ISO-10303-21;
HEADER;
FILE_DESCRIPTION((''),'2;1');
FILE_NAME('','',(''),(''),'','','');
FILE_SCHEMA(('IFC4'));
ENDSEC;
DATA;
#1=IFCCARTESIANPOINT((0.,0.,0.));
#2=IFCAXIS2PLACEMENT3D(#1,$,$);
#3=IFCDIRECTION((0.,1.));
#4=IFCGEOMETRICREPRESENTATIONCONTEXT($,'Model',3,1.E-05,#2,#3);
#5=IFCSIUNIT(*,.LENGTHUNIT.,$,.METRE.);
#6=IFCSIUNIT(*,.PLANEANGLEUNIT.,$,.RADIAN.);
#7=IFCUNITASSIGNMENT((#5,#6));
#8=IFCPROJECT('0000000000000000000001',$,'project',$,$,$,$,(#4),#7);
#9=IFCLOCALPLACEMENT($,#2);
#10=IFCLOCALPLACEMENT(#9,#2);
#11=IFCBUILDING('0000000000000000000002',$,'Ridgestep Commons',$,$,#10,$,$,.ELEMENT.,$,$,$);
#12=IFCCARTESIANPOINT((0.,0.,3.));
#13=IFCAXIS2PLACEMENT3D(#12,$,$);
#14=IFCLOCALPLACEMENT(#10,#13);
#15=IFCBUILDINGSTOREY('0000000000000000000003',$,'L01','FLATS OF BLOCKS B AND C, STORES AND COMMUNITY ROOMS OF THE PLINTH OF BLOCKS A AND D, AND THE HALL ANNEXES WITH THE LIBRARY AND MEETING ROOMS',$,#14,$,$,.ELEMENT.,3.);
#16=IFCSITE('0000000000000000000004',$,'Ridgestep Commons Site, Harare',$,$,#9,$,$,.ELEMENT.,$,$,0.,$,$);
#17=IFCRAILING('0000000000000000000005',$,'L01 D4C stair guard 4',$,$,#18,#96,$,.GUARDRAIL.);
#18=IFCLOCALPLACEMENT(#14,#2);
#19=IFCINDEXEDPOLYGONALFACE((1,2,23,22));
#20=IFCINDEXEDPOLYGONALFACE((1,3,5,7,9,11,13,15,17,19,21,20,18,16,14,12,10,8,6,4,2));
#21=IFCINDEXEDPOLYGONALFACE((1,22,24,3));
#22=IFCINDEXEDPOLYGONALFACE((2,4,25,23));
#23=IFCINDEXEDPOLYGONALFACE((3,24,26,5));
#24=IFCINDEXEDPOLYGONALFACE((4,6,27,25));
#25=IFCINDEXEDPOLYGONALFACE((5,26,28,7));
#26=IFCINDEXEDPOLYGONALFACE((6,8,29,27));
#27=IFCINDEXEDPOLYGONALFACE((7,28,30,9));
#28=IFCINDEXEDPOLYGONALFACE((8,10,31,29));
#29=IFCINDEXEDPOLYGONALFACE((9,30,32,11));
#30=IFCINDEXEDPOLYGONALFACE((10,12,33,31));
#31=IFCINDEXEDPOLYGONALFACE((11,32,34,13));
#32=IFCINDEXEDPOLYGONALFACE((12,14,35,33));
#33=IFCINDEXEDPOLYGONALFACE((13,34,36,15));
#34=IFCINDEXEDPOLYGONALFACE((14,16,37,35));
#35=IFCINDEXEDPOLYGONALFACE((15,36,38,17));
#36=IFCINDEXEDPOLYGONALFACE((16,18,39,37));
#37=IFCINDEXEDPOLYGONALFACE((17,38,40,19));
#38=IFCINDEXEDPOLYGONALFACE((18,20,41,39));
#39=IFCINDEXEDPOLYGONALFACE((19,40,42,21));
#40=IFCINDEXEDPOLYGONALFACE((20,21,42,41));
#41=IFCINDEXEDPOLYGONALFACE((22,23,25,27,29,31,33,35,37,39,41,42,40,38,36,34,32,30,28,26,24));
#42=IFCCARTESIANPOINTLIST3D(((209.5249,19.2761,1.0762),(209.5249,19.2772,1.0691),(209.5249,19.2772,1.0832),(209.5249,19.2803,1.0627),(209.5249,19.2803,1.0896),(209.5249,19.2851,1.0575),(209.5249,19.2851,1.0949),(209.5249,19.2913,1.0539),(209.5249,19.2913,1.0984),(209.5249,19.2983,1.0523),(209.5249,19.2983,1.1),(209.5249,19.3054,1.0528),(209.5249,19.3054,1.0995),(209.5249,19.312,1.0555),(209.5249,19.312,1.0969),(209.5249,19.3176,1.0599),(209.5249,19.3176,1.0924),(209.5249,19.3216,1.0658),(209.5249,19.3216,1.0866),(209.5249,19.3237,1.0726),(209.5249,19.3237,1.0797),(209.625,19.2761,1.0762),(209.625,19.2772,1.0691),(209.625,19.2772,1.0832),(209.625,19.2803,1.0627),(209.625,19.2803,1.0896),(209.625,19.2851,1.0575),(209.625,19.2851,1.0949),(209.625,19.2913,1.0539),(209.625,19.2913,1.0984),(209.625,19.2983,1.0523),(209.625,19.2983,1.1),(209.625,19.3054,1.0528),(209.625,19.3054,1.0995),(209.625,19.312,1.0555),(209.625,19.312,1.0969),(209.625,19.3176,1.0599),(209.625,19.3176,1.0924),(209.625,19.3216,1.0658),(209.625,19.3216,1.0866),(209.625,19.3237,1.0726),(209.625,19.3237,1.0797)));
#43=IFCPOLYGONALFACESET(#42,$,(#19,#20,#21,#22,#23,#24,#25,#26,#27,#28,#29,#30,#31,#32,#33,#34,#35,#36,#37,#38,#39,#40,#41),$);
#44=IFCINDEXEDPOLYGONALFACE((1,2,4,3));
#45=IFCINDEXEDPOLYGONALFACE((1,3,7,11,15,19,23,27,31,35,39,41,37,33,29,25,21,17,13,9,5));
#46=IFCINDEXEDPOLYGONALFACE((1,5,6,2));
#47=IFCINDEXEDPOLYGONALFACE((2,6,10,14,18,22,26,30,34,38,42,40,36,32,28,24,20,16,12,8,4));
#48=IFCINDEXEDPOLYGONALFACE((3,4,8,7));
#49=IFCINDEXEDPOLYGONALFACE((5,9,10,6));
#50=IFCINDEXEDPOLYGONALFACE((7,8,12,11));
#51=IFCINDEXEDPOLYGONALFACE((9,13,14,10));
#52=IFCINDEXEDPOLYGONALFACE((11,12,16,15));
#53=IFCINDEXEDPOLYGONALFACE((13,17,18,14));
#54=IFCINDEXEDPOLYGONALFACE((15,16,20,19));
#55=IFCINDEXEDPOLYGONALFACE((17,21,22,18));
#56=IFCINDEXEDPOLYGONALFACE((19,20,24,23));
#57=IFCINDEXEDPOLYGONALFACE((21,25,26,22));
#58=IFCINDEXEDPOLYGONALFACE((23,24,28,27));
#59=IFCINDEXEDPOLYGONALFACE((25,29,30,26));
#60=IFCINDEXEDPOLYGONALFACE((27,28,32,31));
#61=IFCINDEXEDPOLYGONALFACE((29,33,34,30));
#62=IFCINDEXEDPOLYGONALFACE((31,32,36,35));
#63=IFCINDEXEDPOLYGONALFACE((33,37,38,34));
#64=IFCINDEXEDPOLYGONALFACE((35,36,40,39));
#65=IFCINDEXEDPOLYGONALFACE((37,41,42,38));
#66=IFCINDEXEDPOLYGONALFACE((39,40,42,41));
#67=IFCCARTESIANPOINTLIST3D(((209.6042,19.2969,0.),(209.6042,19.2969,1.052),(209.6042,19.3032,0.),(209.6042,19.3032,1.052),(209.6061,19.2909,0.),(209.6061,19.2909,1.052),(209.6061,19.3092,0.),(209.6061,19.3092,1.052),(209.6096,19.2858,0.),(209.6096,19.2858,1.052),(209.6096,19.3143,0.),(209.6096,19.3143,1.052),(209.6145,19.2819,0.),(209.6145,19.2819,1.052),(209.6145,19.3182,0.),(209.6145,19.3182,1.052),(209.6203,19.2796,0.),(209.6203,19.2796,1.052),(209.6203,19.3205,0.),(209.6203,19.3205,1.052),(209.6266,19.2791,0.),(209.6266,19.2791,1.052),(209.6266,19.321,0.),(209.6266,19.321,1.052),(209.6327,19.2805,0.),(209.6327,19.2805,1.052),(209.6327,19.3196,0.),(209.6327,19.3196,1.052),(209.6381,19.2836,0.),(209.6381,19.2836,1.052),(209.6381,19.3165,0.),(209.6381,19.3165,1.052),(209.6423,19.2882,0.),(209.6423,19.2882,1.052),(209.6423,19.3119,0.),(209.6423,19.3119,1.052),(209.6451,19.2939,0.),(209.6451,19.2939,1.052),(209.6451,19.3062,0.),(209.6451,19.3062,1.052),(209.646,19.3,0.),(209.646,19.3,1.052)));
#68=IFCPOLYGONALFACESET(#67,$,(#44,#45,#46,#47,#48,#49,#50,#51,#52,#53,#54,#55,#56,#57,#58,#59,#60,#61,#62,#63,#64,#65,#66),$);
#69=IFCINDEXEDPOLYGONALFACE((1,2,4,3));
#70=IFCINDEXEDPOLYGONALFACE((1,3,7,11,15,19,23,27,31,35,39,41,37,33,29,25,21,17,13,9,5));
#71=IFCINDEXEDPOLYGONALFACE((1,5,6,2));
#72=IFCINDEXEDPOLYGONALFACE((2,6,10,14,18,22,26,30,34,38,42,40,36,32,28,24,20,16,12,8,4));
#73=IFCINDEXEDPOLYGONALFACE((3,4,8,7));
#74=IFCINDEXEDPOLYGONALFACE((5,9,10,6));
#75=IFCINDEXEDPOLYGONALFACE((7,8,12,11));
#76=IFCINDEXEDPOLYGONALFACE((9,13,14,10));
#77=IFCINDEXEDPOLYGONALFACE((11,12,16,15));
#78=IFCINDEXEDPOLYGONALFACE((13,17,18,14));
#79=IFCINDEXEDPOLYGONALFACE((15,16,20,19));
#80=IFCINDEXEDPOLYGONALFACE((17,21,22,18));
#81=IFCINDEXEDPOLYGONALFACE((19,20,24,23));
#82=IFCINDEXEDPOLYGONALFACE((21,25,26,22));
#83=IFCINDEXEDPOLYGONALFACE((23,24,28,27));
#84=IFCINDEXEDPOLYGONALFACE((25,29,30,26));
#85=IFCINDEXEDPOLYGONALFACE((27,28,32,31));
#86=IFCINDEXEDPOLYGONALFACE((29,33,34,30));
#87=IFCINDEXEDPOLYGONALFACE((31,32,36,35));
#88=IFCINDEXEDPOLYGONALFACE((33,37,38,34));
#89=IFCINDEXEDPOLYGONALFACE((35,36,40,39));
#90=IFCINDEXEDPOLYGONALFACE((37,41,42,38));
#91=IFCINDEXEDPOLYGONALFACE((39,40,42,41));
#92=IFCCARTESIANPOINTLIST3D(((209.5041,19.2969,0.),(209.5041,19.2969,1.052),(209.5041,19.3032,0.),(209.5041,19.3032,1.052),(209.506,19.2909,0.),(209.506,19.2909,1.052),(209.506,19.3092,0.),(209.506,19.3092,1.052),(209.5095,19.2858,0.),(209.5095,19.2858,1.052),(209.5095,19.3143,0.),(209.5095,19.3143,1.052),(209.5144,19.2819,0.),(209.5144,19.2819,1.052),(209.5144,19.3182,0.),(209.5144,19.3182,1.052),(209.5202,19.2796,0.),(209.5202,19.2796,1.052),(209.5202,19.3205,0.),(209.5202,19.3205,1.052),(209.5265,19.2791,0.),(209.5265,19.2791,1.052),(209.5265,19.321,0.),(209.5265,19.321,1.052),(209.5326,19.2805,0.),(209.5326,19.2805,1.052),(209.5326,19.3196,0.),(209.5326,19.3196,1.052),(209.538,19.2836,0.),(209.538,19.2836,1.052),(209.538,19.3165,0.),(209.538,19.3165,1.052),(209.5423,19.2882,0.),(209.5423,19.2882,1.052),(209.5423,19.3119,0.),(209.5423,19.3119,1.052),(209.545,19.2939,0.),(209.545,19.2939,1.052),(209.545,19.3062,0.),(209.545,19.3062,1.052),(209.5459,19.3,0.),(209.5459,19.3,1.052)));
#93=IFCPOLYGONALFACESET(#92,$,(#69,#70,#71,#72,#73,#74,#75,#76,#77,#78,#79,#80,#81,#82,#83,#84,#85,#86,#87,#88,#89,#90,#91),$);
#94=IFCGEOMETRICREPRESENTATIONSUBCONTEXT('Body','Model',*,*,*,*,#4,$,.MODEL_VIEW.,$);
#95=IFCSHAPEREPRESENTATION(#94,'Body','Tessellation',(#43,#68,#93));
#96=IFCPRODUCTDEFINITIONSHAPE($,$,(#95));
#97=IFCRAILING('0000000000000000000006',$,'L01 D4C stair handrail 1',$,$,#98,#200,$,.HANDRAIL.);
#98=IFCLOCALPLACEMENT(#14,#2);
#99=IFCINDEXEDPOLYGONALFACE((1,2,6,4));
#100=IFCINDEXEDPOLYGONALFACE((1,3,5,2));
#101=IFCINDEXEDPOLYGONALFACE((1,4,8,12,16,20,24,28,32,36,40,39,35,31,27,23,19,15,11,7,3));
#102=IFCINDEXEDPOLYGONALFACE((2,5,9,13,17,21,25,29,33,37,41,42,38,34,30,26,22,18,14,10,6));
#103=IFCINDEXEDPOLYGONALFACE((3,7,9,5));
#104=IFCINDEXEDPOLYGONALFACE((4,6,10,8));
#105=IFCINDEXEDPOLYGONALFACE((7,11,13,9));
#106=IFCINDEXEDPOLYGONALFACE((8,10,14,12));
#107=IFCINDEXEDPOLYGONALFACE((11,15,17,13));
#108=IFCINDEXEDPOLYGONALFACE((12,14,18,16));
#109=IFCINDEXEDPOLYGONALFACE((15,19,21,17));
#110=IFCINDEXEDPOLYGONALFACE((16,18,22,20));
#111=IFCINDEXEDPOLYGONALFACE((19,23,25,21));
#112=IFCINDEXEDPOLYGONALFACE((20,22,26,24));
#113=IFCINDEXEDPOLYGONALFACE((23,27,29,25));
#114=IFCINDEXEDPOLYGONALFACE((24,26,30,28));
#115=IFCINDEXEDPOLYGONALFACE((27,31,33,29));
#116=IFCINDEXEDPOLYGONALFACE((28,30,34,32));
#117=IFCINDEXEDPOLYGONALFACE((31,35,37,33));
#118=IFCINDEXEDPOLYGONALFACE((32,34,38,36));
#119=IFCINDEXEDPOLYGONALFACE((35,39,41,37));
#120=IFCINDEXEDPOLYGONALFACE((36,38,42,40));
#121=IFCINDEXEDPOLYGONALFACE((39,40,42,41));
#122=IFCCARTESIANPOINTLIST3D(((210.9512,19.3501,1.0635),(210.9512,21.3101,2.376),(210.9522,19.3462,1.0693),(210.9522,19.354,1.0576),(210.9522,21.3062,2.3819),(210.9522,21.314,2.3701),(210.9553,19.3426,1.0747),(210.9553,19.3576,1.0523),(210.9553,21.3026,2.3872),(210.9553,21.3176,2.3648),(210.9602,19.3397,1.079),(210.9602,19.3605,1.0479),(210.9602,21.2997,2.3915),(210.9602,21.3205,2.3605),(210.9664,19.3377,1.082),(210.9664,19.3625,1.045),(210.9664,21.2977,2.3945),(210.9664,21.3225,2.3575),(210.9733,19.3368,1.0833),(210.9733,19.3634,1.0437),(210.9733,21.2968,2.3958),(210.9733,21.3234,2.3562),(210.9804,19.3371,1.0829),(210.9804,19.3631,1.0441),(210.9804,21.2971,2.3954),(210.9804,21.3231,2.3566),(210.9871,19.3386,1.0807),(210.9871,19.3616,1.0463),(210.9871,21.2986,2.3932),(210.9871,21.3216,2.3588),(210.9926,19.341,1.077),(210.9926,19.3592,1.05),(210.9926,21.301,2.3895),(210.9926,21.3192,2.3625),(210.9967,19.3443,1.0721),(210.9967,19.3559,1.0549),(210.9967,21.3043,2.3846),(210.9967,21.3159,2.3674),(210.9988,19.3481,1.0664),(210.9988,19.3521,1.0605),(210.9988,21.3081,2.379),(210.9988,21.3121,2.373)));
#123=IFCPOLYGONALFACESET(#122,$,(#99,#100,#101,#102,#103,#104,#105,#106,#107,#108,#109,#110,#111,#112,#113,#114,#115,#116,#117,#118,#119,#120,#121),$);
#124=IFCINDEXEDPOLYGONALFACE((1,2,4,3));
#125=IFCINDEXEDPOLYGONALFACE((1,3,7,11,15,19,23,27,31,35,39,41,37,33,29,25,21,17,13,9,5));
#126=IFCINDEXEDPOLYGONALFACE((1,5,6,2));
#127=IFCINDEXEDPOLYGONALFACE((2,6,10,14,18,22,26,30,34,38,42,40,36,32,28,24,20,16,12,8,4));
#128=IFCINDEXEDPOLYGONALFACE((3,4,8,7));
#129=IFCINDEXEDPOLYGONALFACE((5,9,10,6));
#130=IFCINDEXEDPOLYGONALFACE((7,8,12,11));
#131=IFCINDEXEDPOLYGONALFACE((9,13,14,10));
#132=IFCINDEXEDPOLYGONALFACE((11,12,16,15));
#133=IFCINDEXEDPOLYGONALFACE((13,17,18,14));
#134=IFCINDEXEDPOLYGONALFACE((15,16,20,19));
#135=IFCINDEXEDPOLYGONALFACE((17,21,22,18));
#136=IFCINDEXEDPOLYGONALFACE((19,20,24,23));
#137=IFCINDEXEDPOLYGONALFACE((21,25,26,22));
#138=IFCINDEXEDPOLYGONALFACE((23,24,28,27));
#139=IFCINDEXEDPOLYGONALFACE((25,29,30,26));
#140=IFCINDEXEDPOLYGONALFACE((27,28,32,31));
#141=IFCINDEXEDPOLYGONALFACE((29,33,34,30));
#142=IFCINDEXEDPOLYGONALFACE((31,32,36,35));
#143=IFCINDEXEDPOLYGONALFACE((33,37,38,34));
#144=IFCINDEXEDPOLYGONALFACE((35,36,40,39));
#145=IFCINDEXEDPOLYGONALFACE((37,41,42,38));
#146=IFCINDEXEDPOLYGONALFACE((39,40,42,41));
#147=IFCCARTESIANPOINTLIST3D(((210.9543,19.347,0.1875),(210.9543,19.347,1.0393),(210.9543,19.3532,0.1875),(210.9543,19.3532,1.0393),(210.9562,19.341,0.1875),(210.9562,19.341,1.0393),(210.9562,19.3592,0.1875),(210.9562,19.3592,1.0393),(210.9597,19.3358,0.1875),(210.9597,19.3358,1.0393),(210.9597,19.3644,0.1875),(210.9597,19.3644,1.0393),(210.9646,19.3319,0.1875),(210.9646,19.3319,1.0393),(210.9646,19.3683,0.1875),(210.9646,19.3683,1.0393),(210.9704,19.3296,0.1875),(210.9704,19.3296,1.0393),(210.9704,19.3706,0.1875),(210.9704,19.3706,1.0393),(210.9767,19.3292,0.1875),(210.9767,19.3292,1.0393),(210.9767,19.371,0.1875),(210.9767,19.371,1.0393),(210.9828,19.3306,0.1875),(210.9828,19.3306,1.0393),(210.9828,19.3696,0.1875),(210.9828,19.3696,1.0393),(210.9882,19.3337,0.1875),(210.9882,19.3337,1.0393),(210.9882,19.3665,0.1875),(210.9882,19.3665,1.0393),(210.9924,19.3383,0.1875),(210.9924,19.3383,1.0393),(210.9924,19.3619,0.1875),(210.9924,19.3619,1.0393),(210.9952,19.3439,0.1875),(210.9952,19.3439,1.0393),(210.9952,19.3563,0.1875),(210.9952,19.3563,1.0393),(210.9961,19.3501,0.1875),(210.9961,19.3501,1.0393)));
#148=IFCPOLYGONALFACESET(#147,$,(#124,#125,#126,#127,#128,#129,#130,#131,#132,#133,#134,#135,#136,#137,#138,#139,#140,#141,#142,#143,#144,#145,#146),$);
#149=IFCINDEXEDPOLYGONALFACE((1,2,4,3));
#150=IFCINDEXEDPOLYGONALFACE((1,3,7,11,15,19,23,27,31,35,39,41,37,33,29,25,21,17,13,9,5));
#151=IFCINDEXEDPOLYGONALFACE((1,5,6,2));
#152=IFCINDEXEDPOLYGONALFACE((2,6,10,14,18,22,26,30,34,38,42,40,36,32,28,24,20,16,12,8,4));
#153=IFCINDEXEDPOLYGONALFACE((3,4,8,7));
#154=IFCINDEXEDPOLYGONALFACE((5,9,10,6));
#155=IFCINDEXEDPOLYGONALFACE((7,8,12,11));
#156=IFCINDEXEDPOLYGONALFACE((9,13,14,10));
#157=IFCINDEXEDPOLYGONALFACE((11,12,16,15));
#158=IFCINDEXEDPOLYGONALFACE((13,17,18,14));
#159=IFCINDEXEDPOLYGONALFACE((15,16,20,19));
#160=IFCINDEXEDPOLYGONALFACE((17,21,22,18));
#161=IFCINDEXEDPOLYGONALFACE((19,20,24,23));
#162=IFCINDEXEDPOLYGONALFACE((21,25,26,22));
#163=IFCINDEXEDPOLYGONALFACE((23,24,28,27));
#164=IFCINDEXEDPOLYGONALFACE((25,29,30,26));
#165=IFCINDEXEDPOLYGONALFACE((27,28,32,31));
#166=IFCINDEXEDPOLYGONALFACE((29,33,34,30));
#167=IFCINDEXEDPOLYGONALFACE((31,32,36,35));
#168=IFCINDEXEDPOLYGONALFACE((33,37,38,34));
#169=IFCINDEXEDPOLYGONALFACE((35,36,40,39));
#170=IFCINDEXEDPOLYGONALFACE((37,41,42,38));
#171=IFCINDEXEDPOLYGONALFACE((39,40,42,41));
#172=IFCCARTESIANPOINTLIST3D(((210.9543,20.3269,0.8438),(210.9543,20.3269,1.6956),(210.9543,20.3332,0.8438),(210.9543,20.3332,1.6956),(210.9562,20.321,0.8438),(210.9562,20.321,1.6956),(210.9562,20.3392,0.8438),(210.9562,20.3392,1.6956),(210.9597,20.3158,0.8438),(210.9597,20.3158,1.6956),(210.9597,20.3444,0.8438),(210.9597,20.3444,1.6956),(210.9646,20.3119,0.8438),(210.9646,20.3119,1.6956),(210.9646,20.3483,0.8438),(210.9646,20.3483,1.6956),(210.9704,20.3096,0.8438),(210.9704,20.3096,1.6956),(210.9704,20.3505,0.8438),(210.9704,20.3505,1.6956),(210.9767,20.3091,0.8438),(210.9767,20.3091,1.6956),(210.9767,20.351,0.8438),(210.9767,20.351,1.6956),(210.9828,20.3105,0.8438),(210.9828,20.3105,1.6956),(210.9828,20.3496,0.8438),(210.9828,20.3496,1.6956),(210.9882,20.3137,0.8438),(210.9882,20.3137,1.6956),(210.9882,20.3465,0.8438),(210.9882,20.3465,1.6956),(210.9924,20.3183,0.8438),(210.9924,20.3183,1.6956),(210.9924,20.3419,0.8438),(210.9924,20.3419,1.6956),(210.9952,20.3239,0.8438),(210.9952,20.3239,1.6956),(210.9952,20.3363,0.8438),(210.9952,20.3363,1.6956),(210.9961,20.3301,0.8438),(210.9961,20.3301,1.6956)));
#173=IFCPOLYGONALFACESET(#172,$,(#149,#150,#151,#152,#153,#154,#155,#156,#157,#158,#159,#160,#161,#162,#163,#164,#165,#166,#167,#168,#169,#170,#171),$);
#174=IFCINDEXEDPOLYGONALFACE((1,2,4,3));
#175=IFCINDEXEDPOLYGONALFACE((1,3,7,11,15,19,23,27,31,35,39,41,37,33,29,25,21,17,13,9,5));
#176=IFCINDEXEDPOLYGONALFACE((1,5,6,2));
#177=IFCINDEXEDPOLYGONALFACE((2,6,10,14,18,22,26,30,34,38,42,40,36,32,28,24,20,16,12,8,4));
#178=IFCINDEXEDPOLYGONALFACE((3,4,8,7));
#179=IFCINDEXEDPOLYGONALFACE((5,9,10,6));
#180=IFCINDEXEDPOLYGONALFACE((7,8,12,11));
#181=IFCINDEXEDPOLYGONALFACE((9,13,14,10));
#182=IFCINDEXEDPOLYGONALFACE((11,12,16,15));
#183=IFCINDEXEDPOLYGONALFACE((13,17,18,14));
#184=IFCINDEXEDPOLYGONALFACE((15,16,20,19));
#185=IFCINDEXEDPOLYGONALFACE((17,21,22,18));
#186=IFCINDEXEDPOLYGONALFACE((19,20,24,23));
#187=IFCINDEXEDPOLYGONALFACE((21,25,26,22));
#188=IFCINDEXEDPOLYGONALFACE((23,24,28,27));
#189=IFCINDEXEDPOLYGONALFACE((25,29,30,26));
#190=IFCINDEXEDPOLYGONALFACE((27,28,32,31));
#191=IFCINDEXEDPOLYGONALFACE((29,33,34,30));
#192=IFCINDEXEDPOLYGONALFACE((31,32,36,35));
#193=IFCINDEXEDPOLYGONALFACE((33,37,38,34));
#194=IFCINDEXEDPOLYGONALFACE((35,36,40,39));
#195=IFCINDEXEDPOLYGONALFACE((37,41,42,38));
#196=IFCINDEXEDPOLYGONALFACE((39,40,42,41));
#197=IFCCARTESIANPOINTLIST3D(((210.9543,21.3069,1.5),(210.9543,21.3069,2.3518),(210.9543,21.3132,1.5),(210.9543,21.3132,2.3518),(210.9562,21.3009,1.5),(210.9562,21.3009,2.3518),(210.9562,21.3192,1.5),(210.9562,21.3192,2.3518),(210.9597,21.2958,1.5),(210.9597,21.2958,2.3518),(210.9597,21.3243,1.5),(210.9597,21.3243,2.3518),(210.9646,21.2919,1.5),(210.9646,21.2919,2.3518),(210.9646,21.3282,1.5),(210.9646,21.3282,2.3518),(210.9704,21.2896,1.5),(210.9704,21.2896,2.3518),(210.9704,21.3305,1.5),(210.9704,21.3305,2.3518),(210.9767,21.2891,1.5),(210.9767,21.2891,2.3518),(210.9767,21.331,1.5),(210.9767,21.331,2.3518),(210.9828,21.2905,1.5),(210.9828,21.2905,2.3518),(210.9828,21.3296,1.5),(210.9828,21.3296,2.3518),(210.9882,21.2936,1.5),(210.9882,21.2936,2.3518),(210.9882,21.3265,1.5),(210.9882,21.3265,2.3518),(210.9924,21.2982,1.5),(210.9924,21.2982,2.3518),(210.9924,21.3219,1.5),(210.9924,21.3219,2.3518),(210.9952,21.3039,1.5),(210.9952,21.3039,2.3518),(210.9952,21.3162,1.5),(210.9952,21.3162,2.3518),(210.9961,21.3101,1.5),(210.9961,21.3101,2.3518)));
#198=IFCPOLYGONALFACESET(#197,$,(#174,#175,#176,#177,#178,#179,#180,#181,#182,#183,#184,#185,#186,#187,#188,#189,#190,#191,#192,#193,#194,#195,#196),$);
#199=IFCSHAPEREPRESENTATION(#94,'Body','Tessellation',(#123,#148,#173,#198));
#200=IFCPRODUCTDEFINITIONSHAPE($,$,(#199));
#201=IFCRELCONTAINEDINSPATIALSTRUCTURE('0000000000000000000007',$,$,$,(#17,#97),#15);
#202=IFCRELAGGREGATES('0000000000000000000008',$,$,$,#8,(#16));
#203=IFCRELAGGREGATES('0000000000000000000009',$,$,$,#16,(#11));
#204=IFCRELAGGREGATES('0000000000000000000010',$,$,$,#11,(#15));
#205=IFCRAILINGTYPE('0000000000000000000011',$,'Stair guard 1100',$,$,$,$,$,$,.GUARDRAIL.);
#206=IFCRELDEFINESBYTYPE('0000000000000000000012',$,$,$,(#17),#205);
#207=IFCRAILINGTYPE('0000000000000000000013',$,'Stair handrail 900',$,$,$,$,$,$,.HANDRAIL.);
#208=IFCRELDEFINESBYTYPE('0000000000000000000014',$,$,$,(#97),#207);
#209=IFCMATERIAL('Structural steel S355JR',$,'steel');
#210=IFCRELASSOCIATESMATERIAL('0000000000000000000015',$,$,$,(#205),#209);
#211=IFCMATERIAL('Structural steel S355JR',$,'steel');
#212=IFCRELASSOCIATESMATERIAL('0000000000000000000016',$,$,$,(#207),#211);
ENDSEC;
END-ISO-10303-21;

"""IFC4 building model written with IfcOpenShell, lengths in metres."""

from ifc_helpers import new_model, si_unit, direction, frame, origin, origin_2d, place, context, subcontext, project, spatial, circle, extrude, material, type_object, element, save


model = new_model("IFC4")

# Units and contexts
model_context = context("Model", 3, precision=1e-05, world=origin(), true_north=direction((0.0, 1.0)))
body_context = subcontext(model_context, "Body", "Model", "MODEL_VIEW")
ifc_project = project(units=[si_unit("LENGTHUNIT", "METRE"), si_unit("PLANEANGLEUNIT", "RADIAN")], contexts=[model_context])

# Site, building, storey
site_placement = place(None, origin())
site = spatial("IfcSite", under=ifc_project, at=site_placement, Name="Ridgestep Commons Site, Harare", CompositionType="ELEMENT", RefElevation=0.0)
building_placement = place(site_placement, origin())
building = spatial("IfcBuilding", under=site, at=building_placement, Name="Ridgestep Commons", CompositionType="ELEMENT")
storey_placement = place(building_placement, frame((0.0, 0.0, 3.0)))
storey = spatial("IfcBuildingStorey", under=building, at=storey_placement, Name="L01", Description="FLATS OF BLOCKS B AND C, STORES AND COMMUNITY ROOMS OF THE PLINTH OF BLOCKS A AND D, AND THE HALL ANNEXES WITH THE LIBRARY AND MEETING ROOMS", CompositionType="ELEMENT", Elevation=3.0)

# Railings
ifc_material_1 = material(Name="Structural steel S355JR", Category="steel")
railing_type_1 = type_object("IfcRailingType", Name="Stair guard 1100", PredefinedType="GUARDRAIL", material=ifc_material_1)
railing_1_placement = place(storey_placement, frame((209.625, 19.3, 0.0)))
element("IfcRailing", 1, at=railing_1_placement, inside=storey, type_object=railing_type_1, Name="L01 D4C stair guard 4", PredefinedType="GUARDRAIL", context=body_context, shape_type="SweptSolid", body=[
    extrude(circle(Radius=0.0239, at=origin_2d()), frame((0.0, 0.0, 1.0762), z_axis=(-1.0, 0.0, 0.0), x_axis=(0.0, -1.0, 0.0)), (0.0, 0.0, 1.0), 0.1001),
    extrude(circle(Radius=0.021, at=origin_2d()), origin(), (0.0, 0.0, 1.0), 1.052),
    extrude(circle(Radius=0.021, at=origin_2d()), frame((-0.1001, 0.0, 0.0)), (0.0, 0.0, 1.0), 1.052),
])
ifc_material_2 = material(Name="Structural steel S355JR", Category="steel")
railing_type_2 = type_object("IfcRailingType", Name="Stair handrail 900", PredefinedType="HANDRAIL", material=ifc_material_2)
railing_2_placement = place(storey_placement, frame((210.9751, 19.3501, 0.1875)))
element("IfcRailing", 2, at=railing_2_placement, inside=storey, type_object=railing_type_2, Name="L01 D4C stair handrail 1", PredefinedType="HANDRAIL", context=body_context, shape_type="SweptSolid", body=[
    extrude(circle(Radius=0.0239, at=origin_2d()), frame((0.0, 0.0, 0.876), z_axis=(0.0, 0.830902, 0.556419), x_axis=(-1.0, 0.0, 0.0)), (0.0, 0.0, 1.0), 2.3589),
    extrude(circle(Radius=0.021, at=origin_2d()), origin(), (0.0, 0.0, 1.0), 0.8518),
    extrude(circle(Radius=0.021, at=origin_2d()), frame((0.0, 0.98, 0.6562)), (0.0, 0.0, 1.0), 0.8518),
    extrude(circle(Radius=0.021, at=origin_2d()), frame((0.0, 1.96, 1.3125)), (0.0, 0.0, 1.0), 0.8518),
])

save(model, "model.ifc")
